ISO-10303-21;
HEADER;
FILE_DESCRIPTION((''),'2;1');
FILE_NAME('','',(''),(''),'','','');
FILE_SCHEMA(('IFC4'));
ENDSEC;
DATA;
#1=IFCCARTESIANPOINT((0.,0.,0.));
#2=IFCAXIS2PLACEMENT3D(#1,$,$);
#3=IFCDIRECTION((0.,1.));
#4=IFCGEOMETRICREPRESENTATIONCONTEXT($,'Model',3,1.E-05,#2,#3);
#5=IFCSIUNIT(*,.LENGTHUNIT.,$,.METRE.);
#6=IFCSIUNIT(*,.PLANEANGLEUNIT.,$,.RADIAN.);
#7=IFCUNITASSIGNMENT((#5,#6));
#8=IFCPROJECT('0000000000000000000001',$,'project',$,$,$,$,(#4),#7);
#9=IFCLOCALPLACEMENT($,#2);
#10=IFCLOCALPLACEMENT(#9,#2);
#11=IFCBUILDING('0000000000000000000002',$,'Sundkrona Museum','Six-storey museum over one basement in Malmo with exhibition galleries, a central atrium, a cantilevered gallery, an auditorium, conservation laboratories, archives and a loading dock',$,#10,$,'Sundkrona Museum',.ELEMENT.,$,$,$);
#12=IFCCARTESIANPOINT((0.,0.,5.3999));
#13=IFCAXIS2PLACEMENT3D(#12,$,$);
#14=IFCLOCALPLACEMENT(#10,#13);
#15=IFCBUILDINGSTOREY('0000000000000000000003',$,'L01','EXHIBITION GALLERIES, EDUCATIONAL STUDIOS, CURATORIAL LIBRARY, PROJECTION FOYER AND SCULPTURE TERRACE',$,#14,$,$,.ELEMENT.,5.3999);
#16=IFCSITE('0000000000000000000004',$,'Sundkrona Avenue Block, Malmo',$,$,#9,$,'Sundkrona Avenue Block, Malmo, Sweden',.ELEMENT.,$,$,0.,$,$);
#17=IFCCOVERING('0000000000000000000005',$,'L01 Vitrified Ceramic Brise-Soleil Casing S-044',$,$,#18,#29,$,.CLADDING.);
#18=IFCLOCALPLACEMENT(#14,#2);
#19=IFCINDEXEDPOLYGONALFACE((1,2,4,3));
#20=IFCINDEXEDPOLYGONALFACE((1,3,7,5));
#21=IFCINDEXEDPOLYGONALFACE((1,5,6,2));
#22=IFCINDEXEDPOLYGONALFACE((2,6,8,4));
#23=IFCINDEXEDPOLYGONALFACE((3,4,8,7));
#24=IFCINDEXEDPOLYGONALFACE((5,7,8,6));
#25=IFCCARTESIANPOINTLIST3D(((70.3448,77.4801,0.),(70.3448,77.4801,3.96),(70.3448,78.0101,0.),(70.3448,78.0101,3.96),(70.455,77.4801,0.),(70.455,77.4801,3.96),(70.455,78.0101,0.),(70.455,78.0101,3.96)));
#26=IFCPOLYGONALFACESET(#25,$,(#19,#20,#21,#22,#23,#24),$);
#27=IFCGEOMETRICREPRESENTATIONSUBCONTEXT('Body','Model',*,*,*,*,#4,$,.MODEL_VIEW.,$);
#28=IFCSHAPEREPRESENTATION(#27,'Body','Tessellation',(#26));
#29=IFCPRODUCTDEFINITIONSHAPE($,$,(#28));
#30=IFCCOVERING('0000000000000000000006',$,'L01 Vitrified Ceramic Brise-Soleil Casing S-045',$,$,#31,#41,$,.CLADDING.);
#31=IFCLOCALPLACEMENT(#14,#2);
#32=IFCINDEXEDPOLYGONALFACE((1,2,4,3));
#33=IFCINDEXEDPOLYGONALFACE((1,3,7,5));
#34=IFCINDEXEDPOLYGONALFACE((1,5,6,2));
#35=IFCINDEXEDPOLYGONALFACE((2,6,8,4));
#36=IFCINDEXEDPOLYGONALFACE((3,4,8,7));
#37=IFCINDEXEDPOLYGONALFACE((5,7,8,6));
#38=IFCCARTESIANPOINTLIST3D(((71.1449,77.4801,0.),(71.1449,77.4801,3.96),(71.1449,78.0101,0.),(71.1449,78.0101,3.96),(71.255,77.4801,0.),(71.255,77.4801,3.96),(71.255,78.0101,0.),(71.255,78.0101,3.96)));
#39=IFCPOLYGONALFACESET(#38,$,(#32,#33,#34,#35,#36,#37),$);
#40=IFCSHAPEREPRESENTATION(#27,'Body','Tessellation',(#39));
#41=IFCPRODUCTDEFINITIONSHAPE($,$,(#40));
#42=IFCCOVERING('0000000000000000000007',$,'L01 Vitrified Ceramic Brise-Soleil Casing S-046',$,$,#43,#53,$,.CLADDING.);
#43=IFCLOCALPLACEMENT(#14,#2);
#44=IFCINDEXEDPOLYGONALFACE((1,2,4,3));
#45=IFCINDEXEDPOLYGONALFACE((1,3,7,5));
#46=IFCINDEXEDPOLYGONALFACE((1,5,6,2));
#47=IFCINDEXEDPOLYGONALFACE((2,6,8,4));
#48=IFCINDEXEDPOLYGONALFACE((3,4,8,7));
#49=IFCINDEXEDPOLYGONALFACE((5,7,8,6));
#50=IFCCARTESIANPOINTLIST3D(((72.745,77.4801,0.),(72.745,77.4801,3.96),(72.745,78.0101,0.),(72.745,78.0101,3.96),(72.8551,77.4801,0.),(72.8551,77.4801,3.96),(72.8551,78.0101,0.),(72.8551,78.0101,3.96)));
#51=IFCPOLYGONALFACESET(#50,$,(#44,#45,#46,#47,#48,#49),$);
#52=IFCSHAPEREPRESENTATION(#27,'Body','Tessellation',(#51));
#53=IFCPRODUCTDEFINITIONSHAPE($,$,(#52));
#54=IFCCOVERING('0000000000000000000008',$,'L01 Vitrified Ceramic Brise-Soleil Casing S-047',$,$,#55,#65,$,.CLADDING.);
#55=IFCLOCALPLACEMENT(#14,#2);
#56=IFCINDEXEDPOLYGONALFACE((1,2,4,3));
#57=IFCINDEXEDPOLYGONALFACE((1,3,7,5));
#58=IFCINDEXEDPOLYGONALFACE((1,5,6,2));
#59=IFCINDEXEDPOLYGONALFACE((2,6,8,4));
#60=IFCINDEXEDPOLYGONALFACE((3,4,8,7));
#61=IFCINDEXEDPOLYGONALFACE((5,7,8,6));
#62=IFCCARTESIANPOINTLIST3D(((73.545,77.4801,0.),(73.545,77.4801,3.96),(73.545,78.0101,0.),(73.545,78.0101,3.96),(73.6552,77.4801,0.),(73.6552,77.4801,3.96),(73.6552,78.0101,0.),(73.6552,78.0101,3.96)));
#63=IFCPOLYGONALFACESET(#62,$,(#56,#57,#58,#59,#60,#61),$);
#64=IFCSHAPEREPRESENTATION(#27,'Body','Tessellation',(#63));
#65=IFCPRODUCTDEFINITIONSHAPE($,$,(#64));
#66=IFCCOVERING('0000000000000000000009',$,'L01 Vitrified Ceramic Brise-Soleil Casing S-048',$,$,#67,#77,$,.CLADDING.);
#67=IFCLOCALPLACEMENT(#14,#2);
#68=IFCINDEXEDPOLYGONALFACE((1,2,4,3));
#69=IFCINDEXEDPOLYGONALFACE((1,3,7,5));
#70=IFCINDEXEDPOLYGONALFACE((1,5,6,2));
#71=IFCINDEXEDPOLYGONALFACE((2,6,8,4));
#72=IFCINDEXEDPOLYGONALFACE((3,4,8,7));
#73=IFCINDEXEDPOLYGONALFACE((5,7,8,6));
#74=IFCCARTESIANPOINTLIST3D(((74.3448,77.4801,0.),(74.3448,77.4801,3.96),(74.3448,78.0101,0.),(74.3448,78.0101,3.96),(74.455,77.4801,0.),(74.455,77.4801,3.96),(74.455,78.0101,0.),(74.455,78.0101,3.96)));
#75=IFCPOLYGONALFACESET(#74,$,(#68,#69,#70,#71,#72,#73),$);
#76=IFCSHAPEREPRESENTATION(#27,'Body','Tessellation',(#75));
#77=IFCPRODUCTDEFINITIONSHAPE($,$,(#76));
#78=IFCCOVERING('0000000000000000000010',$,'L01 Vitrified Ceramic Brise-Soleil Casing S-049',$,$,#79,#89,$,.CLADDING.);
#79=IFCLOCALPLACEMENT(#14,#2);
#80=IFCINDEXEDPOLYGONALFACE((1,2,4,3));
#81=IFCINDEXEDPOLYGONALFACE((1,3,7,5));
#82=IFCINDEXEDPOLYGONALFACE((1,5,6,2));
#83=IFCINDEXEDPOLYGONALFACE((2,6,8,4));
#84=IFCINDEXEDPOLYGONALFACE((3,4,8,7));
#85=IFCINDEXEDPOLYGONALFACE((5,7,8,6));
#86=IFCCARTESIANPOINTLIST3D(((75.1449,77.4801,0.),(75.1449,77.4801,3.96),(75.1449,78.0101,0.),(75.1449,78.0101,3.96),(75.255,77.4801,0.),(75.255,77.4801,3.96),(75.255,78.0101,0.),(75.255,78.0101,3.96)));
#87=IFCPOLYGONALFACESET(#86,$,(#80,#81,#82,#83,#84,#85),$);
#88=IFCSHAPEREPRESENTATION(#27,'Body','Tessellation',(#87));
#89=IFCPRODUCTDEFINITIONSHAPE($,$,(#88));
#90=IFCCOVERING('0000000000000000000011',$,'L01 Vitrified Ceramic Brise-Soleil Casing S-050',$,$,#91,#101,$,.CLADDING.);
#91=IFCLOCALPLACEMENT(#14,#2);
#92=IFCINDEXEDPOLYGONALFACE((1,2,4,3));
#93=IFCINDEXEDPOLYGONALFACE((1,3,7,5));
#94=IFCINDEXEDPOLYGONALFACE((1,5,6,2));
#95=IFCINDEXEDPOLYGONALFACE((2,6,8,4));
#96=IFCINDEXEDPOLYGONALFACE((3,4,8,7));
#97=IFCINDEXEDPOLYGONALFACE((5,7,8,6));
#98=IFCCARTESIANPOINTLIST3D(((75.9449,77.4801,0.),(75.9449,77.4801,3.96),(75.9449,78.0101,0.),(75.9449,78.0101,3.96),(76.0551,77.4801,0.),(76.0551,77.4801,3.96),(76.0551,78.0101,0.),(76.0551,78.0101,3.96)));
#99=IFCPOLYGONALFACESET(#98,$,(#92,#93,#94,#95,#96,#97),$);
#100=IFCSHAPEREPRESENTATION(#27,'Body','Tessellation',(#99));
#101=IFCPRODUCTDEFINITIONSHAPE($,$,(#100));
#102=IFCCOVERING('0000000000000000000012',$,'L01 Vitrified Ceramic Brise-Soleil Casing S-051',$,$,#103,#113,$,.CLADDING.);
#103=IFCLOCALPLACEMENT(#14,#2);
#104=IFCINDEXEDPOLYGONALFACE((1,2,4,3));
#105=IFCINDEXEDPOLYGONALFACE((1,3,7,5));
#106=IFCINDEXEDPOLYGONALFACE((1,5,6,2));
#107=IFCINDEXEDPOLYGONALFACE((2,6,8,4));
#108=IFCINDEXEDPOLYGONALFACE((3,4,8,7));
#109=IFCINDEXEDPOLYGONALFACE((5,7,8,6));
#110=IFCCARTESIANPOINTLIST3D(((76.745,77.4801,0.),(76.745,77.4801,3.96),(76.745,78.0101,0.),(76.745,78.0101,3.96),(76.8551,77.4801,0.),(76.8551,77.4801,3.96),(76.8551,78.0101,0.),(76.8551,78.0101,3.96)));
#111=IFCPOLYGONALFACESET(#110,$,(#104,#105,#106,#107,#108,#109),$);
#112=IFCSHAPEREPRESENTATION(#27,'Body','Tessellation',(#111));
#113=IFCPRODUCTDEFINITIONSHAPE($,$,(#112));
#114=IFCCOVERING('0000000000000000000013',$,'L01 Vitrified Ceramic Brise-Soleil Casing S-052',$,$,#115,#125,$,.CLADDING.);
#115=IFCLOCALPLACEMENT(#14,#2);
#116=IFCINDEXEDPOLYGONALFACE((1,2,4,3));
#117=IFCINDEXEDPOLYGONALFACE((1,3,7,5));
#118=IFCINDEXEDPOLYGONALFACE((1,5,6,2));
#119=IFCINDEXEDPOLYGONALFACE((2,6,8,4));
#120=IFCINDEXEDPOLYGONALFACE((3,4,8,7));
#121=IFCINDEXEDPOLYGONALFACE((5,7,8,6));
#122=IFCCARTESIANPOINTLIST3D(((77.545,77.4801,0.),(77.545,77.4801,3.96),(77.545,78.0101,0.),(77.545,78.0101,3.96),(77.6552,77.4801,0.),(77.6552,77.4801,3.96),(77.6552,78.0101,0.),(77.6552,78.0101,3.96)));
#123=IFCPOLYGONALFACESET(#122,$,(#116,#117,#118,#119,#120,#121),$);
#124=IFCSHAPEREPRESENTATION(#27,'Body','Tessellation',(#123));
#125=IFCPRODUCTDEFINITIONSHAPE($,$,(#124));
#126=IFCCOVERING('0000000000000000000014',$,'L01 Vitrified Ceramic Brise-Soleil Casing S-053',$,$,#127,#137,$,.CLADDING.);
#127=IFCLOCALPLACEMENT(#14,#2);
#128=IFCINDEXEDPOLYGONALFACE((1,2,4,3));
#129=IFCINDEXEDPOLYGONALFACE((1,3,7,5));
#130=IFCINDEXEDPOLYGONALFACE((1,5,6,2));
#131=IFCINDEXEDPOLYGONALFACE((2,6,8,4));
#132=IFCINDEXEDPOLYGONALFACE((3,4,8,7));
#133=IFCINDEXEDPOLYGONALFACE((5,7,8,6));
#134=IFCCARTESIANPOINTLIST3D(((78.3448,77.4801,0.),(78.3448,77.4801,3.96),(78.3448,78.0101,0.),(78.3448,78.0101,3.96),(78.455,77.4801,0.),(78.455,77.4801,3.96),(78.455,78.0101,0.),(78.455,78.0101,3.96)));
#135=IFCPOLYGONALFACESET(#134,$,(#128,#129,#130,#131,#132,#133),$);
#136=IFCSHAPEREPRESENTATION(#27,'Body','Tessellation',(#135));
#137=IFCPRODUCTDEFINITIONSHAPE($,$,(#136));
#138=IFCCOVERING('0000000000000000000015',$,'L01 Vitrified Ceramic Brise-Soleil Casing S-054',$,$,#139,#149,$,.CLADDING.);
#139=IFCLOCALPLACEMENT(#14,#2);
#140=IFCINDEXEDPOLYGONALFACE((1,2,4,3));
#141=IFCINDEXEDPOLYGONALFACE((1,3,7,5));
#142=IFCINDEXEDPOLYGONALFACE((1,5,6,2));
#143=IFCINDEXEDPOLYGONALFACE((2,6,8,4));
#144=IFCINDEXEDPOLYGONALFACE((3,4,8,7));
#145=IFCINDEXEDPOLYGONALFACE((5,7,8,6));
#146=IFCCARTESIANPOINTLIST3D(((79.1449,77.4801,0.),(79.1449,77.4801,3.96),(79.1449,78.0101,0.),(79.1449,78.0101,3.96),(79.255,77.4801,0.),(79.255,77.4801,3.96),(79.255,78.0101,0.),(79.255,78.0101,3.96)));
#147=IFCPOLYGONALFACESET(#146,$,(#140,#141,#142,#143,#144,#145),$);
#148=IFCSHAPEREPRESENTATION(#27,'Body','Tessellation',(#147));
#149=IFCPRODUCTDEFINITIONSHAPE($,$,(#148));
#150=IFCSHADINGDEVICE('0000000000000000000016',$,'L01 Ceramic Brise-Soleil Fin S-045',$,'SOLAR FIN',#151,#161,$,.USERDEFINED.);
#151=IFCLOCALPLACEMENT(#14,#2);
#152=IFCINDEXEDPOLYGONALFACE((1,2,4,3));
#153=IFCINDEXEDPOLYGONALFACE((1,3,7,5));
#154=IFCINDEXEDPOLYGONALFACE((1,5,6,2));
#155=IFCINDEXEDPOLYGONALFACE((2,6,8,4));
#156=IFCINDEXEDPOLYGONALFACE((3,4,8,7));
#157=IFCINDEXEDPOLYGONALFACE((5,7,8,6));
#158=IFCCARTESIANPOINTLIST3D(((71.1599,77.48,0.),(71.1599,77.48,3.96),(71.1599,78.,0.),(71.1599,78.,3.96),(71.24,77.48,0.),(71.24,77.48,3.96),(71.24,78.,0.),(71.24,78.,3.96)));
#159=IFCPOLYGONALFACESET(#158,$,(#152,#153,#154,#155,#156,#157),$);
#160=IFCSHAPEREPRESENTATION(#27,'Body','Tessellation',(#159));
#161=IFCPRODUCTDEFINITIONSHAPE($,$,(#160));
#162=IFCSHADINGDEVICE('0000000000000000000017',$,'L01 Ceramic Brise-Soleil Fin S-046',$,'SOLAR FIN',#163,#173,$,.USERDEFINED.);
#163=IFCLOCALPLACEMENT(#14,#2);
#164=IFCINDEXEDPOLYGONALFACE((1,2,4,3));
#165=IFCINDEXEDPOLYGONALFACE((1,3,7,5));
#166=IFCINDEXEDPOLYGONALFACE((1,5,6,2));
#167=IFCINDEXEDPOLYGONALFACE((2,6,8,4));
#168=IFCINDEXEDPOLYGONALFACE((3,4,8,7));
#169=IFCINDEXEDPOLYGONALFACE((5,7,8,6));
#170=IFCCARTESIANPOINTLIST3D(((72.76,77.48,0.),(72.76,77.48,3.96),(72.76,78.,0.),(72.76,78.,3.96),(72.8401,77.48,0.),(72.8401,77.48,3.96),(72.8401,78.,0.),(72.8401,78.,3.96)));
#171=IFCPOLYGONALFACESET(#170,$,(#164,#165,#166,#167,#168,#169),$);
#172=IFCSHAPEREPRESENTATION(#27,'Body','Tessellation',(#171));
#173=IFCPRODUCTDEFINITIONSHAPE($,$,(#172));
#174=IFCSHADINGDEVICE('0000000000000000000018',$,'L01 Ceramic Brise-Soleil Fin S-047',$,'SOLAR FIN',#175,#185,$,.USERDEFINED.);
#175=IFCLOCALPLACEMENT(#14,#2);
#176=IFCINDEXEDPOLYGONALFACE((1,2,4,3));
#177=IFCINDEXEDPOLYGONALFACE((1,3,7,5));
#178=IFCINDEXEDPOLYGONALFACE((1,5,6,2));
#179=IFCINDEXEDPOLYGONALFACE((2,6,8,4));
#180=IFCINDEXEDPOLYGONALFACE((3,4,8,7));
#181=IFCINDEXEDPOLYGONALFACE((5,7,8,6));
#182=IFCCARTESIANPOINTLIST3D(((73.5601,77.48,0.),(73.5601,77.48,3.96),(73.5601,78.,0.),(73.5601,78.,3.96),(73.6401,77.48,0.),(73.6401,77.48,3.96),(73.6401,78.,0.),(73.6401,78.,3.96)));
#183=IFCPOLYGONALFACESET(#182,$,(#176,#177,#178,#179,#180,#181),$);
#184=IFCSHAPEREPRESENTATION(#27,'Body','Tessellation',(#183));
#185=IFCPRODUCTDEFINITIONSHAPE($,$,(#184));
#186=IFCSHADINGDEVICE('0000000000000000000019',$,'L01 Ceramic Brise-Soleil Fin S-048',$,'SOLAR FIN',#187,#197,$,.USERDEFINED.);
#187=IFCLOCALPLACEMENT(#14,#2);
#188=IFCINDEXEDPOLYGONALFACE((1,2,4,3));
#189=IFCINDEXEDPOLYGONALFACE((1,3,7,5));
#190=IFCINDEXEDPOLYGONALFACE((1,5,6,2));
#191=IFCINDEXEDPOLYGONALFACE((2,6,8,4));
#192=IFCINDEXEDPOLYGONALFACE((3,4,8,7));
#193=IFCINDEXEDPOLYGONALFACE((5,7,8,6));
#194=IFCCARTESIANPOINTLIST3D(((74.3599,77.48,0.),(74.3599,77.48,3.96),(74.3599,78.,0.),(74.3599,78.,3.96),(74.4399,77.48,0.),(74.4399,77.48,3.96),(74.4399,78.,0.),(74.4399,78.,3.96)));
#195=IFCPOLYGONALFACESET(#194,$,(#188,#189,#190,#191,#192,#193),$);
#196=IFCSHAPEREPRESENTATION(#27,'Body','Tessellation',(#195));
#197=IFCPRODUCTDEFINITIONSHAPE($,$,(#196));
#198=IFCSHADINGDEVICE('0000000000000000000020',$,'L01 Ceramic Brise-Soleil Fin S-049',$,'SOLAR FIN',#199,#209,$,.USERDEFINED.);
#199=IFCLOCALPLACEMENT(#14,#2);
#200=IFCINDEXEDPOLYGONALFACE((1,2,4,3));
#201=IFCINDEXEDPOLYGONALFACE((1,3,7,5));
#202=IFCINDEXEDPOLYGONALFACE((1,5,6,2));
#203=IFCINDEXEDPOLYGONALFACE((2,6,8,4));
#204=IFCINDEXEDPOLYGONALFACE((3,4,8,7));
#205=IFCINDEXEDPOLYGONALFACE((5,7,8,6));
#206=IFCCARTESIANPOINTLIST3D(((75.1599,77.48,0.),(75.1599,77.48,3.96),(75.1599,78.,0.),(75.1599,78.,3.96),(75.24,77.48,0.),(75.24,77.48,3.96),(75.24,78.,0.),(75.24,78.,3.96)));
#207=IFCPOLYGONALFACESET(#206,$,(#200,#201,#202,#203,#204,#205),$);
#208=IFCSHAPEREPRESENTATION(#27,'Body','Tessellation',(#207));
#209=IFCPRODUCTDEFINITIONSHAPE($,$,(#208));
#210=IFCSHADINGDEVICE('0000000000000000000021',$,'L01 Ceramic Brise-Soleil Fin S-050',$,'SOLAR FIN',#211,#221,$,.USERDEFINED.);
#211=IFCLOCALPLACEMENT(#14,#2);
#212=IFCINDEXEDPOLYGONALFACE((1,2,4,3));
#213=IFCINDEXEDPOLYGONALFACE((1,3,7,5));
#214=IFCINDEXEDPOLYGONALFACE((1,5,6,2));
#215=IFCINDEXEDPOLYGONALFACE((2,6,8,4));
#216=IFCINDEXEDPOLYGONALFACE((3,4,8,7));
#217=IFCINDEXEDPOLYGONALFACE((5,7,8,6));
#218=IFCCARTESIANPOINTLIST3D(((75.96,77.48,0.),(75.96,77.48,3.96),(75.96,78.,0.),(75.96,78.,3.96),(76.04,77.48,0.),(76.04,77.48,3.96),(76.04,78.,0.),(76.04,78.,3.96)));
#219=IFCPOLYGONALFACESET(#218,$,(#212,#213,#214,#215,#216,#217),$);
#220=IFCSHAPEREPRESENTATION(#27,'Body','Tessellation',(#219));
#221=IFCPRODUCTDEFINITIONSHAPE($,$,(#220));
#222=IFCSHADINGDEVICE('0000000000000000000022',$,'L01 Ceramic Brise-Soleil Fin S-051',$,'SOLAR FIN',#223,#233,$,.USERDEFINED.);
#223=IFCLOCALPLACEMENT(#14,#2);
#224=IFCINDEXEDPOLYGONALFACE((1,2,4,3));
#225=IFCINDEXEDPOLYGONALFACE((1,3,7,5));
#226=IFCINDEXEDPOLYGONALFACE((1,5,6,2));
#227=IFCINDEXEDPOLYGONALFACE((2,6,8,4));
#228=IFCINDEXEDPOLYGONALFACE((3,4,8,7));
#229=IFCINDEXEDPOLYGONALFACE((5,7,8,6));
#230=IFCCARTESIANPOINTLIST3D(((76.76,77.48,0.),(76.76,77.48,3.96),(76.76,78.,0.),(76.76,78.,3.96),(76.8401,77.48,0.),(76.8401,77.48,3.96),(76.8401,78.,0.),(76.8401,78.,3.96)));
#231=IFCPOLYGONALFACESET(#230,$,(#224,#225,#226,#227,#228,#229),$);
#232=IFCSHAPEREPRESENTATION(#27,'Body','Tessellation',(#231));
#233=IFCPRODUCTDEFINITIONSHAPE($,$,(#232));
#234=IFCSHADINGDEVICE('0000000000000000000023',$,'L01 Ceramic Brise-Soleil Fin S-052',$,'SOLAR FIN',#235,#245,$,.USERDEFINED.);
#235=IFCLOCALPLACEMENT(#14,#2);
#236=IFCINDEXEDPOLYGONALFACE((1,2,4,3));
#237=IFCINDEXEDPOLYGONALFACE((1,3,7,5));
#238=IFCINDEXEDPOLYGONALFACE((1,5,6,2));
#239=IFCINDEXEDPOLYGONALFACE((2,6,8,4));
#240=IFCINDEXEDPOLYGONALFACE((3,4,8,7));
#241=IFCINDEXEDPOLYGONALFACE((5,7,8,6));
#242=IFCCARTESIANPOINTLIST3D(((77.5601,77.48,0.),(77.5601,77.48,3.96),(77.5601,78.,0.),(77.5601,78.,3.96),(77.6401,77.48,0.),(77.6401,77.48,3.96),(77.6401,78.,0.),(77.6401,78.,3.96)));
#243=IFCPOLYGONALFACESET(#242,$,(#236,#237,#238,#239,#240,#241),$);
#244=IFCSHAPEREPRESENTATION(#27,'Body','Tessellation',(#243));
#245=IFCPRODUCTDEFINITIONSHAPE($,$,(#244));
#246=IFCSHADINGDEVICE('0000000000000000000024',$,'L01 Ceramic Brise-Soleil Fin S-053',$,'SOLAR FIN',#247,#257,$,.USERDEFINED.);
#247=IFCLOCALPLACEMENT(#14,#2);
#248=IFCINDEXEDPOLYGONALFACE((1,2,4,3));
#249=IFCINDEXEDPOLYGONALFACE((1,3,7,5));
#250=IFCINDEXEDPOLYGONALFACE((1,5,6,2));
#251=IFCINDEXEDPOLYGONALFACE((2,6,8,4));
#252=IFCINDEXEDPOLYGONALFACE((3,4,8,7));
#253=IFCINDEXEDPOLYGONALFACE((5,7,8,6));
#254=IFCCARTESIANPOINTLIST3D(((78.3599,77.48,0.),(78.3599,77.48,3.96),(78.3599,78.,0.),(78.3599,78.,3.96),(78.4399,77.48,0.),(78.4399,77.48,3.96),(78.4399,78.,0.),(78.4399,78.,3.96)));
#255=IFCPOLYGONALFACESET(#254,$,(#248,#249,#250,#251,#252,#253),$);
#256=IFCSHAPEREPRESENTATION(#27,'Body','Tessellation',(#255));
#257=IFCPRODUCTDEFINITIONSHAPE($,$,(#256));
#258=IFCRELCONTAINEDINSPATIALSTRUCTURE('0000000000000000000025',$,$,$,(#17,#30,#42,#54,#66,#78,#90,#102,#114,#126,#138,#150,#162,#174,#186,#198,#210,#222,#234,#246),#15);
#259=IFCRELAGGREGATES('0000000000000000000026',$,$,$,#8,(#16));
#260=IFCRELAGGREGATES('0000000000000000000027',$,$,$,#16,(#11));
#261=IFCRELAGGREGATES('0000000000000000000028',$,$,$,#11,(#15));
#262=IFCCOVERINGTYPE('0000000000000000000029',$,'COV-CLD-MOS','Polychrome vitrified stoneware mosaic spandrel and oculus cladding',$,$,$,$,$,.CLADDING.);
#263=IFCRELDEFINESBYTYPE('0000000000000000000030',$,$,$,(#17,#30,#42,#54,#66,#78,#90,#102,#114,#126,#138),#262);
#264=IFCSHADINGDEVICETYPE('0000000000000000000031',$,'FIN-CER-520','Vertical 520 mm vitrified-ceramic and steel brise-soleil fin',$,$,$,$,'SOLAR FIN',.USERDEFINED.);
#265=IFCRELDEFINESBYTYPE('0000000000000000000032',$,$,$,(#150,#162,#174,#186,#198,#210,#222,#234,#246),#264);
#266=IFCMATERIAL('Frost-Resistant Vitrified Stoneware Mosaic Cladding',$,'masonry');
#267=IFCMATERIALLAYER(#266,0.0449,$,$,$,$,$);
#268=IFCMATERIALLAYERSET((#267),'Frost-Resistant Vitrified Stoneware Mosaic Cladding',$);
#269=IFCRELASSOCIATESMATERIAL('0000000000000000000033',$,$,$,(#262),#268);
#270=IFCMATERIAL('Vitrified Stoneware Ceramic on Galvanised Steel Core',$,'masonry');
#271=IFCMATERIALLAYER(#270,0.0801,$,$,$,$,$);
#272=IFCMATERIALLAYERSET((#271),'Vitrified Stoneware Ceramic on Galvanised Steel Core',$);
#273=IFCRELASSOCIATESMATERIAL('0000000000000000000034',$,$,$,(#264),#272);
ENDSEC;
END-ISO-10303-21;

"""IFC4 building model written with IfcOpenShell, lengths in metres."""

from ifc_helpers import new_model, si_unit, direction, frame, origin, origin_2d, place, context, subcontext, project, spatial, rectangle, extrude, material, layer, layer_set, type_object, element, save


model = new_model("IFC4")

# Units and contexts
model_context = context("Model", 3, precision=1e-05, world=origin(), true_north=direction((0.0, 1.0)))
body_context = subcontext(model_context, "Body", "Model", "MODEL_VIEW")
ifc_project = project(units=[si_unit("LENGTHUNIT", "METRE"), si_unit("PLANEANGLEUNIT", "RADIAN")], contexts=[model_context])

# Site, building, storey
site_placement = place(None, origin())
site = spatial("IfcSite", under=ifc_project, at=site_placement, Name="Sundkrona Avenue Block, Malmo", LongName="Sundkrona Avenue Block, Malmo, Sweden", CompositionType="ELEMENT", RefElevation=0.0)
building_placement = place(site_placement, origin())
building = spatial("IfcBuilding", under=site, at=building_placement, Name="Sundkrona Museum", Description="Six-storey museum over one basement in Malmo with exhibition galleries, a central atrium, a cantilevered gallery, an auditorium, conservation laboratories, archives and a loading dock", LongName="Sundkrona Museum", CompositionType="ELEMENT")
storey_placement = place(building_placement, frame((0.0, 0.0, 5.3999)))
storey = spatial("IfcBuildingStorey", under=building, at=storey_placement, Name="L01", Description="EXHIBITION GALLERIES, EDUCATIONAL STUDIOS, CURATORIAL LIBRARY, PROJECTION FOYER AND SCULPTURE TERRACE", CompositionType="ELEMENT", Elevation=5.3999)

# Coverings
ifc_material_1 = material(Name="Frost-Resistant Vitrified Stoneware Mosaic Cladding", Category="masonry")
ifc_layer_1 = layer(ifc_material_1, 0.0449)
ifc_layer_set_1 = layer_set([ifc_layer_1], Name="Frost-Resistant Vitrified Stoneware Mosaic Cladding")
covering_type = type_object("IfcCoveringType", Name="COV-CLD-MOS", Description="Polychrome vitrified stoneware mosaic spandrel and oculus cladding", PredefinedType="CLADDING", material=ifc_layer_set_1)
for number, where, z_axis, x_axis, name in (
    (1, (70.3999, 77.7451, 0.0), (0.0, 0.0, 1.0), (1.0, 0.0, 0.0), "L01 Vitrified Ceramic Brise-Soleil Casing S-044"),
    (2, (71.2, 77.7451, 0.0), (0.0, 0.0, 1.0), (1.0, 0.0, 0.0), "L01 Vitrified Ceramic Brise-Soleil Casing S-045"),
    (3, (72.8, 77.7451, 0.0), (0.0, 0.0, 1.0), (1.0, 0.0, 0.0), "L01 Vitrified Ceramic Brise-Soleil Casing S-046"),
    (4, (73.6001, 77.7451, 0.0), (0.0, 0.0, 1.0), (1.0, 0.0, 0.0), "L01 Vitrified Ceramic Brise-Soleil Casing S-047"),
    (5, (74.3999, 77.7451, 0.0), (0.0, 0.0, 1.0), (1.0, 0.0, 0.0), "L01 Vitrified Ceramic Brise-Soleil Casing S-048"),
    (6, (75.2, 77.7451, 0.0), (0.0, 0.0, 1.0), (1.0, 0.0, 0.0), "L01 Vitrified Ceramic Brise-Soleil Casing S-049"),
    (7, (76.0, 77.7451, 0.0), (0.0, 0.0, 1.0), (1.0, 0.0, 0.0), "L01 Vitrified Ceramic Brise-Soleil Casing S-050"),
    (8, (76.8, 77.7451, 0.0), (0.0, 0.0, 1.0), (1.0, 0.0, 0.0), "L01 Vitrified Ceramic Brise-Soleil Casing S-051"),
    (9, (77.6001, 77.7451, 0.0), (0.0, 0.0, 1.0), (1.0, 0.0, 0.0), "L01 Vitrified Ceramic Brise-Soleil Casing S-052"),
    (10, (78.3999, 77.7451, 0.0), (0.0, 0.0, 1.0), (1.0, 0.0, 0.0), "L01 Vitrified Ceramic Brise-Soleil Casing S-053"),
    (11, (79.2, 77.7451, 0.0), (0.0, 0.0, 1.0), (1.0, 0.0, 0.0), "L01 Vitrified Ceramic Brise-Soleil Casing S-054"),
):
    element("IfcCovering", number, at=place(storey_placement, frame(where, z_axis=z_axis, x_axis=x_axis)), inside=storey, type_object=covering_type, Name=name, PredefinedType="CLADDING", context=body_context, shape_type="SweptSolid", body=[
        extrude(rectangle(XDim=0.1101, YDim=0.53, at=origin_2d()), origin(), (0.0, 0.0, 1.0), 3.96),
    ])

# Shading devices
ifc_material_2 = material(Name="Vitrified Stoneware Ceramic on Galvanised Steel Core", Category="masonry")
ifc_layer_2 = layer(ifc_material_2, 0.0801)
ifc_layer_set_2 = layer_set([ifc_layer_2], Name="Vitrified Stoneware Ceramic on Galvanised Steel Core")
shading_device_type = type_object("IfcShadingDeviceType", Name="FIN-CER-520", Description="Vertical 520 mm vitrified-ceramic and steel brise-soleil fin", ElementType="SOLAR FIN", PredefinedType="USERDEFINED", material=ifc_layer_set_2)
for number, where, z_axis, x_axis, name in (
    (12, (71.2, 77.74, 0.0), (0.0, 0.0, 1.0), (1.0, 0.0, 0.0), "L01 Ceramic Brise-Soleil Fin S-045"),
    (13, (72.8, 77.74, 0.0), (0.0, 0.0, 1.0), (1.0, 0.0, 0.0), "L01 Ceramic Brise-Soleil Fin S-046"),
    (14, (73.6001, 77.74, 0.0), (0.0, 0.0, 1.0), (1.0, 0.0, 0.0), "L01 Ceramic Brise-Soleil Fin S-047"),
    (15, (74.3999, 77.74, 0.0), (0.0, 0.0, 1.0), (1.0, 0.0, 0.0), "L01 Ceramic Brise-Soleil Fin S-048"),
    (16, (75.2, 77.74, 0.0), (0.0, 0.0, 1.0), (1.0, 0.0, 0.0), "L01 Ceramic Brise-Soleil Fin S-049"),
    (17, (76.0, 77.74, 0.0), (0.0, 0.0, 1.0), (1.0, 0.0, 0.0), "L01 Ceramic Brise-Soleil Fin S-050"),
    (18, (76.8, 77.74, 0.0), (0.0, 0.0, 1.0), (1.0, 0.0, 0.0), "L01 Ceramic Brise-Soleil Fin S-051"),
    (19, (77.6001, 77.74, 0.0), (0.0, 0.0, 1.0), (1.0, 0.0, 0.0), "L01 Ceramic Brise-Soleil Fin S-052"),
    (20, (78.3999, 77.74, 0.0), (0.0, 0.0, 1.0), (1.0, 0.0, 0.0), "L01 Ceramic Brise-Soleil Fin S-053"),
):
    element("IfcShadingDevice", number, at=place(storey_placement, frame(where, z_axis=z_axis, x_axis=x_axis)), inside=storey, type_object=shading_device_type, Name=name, ObjectType="SOLAR FIN", PredefinedType="USERDEFINED", context=body_context, shape_type="SweptSolid", body=[
        extrude(rectangle(XDim=0.0801, YDim=0.52, at=origin_2d()), origin(), (0.0, 0.0, 1.0), 3.96),
    ])

save(model, "model.ifc")
